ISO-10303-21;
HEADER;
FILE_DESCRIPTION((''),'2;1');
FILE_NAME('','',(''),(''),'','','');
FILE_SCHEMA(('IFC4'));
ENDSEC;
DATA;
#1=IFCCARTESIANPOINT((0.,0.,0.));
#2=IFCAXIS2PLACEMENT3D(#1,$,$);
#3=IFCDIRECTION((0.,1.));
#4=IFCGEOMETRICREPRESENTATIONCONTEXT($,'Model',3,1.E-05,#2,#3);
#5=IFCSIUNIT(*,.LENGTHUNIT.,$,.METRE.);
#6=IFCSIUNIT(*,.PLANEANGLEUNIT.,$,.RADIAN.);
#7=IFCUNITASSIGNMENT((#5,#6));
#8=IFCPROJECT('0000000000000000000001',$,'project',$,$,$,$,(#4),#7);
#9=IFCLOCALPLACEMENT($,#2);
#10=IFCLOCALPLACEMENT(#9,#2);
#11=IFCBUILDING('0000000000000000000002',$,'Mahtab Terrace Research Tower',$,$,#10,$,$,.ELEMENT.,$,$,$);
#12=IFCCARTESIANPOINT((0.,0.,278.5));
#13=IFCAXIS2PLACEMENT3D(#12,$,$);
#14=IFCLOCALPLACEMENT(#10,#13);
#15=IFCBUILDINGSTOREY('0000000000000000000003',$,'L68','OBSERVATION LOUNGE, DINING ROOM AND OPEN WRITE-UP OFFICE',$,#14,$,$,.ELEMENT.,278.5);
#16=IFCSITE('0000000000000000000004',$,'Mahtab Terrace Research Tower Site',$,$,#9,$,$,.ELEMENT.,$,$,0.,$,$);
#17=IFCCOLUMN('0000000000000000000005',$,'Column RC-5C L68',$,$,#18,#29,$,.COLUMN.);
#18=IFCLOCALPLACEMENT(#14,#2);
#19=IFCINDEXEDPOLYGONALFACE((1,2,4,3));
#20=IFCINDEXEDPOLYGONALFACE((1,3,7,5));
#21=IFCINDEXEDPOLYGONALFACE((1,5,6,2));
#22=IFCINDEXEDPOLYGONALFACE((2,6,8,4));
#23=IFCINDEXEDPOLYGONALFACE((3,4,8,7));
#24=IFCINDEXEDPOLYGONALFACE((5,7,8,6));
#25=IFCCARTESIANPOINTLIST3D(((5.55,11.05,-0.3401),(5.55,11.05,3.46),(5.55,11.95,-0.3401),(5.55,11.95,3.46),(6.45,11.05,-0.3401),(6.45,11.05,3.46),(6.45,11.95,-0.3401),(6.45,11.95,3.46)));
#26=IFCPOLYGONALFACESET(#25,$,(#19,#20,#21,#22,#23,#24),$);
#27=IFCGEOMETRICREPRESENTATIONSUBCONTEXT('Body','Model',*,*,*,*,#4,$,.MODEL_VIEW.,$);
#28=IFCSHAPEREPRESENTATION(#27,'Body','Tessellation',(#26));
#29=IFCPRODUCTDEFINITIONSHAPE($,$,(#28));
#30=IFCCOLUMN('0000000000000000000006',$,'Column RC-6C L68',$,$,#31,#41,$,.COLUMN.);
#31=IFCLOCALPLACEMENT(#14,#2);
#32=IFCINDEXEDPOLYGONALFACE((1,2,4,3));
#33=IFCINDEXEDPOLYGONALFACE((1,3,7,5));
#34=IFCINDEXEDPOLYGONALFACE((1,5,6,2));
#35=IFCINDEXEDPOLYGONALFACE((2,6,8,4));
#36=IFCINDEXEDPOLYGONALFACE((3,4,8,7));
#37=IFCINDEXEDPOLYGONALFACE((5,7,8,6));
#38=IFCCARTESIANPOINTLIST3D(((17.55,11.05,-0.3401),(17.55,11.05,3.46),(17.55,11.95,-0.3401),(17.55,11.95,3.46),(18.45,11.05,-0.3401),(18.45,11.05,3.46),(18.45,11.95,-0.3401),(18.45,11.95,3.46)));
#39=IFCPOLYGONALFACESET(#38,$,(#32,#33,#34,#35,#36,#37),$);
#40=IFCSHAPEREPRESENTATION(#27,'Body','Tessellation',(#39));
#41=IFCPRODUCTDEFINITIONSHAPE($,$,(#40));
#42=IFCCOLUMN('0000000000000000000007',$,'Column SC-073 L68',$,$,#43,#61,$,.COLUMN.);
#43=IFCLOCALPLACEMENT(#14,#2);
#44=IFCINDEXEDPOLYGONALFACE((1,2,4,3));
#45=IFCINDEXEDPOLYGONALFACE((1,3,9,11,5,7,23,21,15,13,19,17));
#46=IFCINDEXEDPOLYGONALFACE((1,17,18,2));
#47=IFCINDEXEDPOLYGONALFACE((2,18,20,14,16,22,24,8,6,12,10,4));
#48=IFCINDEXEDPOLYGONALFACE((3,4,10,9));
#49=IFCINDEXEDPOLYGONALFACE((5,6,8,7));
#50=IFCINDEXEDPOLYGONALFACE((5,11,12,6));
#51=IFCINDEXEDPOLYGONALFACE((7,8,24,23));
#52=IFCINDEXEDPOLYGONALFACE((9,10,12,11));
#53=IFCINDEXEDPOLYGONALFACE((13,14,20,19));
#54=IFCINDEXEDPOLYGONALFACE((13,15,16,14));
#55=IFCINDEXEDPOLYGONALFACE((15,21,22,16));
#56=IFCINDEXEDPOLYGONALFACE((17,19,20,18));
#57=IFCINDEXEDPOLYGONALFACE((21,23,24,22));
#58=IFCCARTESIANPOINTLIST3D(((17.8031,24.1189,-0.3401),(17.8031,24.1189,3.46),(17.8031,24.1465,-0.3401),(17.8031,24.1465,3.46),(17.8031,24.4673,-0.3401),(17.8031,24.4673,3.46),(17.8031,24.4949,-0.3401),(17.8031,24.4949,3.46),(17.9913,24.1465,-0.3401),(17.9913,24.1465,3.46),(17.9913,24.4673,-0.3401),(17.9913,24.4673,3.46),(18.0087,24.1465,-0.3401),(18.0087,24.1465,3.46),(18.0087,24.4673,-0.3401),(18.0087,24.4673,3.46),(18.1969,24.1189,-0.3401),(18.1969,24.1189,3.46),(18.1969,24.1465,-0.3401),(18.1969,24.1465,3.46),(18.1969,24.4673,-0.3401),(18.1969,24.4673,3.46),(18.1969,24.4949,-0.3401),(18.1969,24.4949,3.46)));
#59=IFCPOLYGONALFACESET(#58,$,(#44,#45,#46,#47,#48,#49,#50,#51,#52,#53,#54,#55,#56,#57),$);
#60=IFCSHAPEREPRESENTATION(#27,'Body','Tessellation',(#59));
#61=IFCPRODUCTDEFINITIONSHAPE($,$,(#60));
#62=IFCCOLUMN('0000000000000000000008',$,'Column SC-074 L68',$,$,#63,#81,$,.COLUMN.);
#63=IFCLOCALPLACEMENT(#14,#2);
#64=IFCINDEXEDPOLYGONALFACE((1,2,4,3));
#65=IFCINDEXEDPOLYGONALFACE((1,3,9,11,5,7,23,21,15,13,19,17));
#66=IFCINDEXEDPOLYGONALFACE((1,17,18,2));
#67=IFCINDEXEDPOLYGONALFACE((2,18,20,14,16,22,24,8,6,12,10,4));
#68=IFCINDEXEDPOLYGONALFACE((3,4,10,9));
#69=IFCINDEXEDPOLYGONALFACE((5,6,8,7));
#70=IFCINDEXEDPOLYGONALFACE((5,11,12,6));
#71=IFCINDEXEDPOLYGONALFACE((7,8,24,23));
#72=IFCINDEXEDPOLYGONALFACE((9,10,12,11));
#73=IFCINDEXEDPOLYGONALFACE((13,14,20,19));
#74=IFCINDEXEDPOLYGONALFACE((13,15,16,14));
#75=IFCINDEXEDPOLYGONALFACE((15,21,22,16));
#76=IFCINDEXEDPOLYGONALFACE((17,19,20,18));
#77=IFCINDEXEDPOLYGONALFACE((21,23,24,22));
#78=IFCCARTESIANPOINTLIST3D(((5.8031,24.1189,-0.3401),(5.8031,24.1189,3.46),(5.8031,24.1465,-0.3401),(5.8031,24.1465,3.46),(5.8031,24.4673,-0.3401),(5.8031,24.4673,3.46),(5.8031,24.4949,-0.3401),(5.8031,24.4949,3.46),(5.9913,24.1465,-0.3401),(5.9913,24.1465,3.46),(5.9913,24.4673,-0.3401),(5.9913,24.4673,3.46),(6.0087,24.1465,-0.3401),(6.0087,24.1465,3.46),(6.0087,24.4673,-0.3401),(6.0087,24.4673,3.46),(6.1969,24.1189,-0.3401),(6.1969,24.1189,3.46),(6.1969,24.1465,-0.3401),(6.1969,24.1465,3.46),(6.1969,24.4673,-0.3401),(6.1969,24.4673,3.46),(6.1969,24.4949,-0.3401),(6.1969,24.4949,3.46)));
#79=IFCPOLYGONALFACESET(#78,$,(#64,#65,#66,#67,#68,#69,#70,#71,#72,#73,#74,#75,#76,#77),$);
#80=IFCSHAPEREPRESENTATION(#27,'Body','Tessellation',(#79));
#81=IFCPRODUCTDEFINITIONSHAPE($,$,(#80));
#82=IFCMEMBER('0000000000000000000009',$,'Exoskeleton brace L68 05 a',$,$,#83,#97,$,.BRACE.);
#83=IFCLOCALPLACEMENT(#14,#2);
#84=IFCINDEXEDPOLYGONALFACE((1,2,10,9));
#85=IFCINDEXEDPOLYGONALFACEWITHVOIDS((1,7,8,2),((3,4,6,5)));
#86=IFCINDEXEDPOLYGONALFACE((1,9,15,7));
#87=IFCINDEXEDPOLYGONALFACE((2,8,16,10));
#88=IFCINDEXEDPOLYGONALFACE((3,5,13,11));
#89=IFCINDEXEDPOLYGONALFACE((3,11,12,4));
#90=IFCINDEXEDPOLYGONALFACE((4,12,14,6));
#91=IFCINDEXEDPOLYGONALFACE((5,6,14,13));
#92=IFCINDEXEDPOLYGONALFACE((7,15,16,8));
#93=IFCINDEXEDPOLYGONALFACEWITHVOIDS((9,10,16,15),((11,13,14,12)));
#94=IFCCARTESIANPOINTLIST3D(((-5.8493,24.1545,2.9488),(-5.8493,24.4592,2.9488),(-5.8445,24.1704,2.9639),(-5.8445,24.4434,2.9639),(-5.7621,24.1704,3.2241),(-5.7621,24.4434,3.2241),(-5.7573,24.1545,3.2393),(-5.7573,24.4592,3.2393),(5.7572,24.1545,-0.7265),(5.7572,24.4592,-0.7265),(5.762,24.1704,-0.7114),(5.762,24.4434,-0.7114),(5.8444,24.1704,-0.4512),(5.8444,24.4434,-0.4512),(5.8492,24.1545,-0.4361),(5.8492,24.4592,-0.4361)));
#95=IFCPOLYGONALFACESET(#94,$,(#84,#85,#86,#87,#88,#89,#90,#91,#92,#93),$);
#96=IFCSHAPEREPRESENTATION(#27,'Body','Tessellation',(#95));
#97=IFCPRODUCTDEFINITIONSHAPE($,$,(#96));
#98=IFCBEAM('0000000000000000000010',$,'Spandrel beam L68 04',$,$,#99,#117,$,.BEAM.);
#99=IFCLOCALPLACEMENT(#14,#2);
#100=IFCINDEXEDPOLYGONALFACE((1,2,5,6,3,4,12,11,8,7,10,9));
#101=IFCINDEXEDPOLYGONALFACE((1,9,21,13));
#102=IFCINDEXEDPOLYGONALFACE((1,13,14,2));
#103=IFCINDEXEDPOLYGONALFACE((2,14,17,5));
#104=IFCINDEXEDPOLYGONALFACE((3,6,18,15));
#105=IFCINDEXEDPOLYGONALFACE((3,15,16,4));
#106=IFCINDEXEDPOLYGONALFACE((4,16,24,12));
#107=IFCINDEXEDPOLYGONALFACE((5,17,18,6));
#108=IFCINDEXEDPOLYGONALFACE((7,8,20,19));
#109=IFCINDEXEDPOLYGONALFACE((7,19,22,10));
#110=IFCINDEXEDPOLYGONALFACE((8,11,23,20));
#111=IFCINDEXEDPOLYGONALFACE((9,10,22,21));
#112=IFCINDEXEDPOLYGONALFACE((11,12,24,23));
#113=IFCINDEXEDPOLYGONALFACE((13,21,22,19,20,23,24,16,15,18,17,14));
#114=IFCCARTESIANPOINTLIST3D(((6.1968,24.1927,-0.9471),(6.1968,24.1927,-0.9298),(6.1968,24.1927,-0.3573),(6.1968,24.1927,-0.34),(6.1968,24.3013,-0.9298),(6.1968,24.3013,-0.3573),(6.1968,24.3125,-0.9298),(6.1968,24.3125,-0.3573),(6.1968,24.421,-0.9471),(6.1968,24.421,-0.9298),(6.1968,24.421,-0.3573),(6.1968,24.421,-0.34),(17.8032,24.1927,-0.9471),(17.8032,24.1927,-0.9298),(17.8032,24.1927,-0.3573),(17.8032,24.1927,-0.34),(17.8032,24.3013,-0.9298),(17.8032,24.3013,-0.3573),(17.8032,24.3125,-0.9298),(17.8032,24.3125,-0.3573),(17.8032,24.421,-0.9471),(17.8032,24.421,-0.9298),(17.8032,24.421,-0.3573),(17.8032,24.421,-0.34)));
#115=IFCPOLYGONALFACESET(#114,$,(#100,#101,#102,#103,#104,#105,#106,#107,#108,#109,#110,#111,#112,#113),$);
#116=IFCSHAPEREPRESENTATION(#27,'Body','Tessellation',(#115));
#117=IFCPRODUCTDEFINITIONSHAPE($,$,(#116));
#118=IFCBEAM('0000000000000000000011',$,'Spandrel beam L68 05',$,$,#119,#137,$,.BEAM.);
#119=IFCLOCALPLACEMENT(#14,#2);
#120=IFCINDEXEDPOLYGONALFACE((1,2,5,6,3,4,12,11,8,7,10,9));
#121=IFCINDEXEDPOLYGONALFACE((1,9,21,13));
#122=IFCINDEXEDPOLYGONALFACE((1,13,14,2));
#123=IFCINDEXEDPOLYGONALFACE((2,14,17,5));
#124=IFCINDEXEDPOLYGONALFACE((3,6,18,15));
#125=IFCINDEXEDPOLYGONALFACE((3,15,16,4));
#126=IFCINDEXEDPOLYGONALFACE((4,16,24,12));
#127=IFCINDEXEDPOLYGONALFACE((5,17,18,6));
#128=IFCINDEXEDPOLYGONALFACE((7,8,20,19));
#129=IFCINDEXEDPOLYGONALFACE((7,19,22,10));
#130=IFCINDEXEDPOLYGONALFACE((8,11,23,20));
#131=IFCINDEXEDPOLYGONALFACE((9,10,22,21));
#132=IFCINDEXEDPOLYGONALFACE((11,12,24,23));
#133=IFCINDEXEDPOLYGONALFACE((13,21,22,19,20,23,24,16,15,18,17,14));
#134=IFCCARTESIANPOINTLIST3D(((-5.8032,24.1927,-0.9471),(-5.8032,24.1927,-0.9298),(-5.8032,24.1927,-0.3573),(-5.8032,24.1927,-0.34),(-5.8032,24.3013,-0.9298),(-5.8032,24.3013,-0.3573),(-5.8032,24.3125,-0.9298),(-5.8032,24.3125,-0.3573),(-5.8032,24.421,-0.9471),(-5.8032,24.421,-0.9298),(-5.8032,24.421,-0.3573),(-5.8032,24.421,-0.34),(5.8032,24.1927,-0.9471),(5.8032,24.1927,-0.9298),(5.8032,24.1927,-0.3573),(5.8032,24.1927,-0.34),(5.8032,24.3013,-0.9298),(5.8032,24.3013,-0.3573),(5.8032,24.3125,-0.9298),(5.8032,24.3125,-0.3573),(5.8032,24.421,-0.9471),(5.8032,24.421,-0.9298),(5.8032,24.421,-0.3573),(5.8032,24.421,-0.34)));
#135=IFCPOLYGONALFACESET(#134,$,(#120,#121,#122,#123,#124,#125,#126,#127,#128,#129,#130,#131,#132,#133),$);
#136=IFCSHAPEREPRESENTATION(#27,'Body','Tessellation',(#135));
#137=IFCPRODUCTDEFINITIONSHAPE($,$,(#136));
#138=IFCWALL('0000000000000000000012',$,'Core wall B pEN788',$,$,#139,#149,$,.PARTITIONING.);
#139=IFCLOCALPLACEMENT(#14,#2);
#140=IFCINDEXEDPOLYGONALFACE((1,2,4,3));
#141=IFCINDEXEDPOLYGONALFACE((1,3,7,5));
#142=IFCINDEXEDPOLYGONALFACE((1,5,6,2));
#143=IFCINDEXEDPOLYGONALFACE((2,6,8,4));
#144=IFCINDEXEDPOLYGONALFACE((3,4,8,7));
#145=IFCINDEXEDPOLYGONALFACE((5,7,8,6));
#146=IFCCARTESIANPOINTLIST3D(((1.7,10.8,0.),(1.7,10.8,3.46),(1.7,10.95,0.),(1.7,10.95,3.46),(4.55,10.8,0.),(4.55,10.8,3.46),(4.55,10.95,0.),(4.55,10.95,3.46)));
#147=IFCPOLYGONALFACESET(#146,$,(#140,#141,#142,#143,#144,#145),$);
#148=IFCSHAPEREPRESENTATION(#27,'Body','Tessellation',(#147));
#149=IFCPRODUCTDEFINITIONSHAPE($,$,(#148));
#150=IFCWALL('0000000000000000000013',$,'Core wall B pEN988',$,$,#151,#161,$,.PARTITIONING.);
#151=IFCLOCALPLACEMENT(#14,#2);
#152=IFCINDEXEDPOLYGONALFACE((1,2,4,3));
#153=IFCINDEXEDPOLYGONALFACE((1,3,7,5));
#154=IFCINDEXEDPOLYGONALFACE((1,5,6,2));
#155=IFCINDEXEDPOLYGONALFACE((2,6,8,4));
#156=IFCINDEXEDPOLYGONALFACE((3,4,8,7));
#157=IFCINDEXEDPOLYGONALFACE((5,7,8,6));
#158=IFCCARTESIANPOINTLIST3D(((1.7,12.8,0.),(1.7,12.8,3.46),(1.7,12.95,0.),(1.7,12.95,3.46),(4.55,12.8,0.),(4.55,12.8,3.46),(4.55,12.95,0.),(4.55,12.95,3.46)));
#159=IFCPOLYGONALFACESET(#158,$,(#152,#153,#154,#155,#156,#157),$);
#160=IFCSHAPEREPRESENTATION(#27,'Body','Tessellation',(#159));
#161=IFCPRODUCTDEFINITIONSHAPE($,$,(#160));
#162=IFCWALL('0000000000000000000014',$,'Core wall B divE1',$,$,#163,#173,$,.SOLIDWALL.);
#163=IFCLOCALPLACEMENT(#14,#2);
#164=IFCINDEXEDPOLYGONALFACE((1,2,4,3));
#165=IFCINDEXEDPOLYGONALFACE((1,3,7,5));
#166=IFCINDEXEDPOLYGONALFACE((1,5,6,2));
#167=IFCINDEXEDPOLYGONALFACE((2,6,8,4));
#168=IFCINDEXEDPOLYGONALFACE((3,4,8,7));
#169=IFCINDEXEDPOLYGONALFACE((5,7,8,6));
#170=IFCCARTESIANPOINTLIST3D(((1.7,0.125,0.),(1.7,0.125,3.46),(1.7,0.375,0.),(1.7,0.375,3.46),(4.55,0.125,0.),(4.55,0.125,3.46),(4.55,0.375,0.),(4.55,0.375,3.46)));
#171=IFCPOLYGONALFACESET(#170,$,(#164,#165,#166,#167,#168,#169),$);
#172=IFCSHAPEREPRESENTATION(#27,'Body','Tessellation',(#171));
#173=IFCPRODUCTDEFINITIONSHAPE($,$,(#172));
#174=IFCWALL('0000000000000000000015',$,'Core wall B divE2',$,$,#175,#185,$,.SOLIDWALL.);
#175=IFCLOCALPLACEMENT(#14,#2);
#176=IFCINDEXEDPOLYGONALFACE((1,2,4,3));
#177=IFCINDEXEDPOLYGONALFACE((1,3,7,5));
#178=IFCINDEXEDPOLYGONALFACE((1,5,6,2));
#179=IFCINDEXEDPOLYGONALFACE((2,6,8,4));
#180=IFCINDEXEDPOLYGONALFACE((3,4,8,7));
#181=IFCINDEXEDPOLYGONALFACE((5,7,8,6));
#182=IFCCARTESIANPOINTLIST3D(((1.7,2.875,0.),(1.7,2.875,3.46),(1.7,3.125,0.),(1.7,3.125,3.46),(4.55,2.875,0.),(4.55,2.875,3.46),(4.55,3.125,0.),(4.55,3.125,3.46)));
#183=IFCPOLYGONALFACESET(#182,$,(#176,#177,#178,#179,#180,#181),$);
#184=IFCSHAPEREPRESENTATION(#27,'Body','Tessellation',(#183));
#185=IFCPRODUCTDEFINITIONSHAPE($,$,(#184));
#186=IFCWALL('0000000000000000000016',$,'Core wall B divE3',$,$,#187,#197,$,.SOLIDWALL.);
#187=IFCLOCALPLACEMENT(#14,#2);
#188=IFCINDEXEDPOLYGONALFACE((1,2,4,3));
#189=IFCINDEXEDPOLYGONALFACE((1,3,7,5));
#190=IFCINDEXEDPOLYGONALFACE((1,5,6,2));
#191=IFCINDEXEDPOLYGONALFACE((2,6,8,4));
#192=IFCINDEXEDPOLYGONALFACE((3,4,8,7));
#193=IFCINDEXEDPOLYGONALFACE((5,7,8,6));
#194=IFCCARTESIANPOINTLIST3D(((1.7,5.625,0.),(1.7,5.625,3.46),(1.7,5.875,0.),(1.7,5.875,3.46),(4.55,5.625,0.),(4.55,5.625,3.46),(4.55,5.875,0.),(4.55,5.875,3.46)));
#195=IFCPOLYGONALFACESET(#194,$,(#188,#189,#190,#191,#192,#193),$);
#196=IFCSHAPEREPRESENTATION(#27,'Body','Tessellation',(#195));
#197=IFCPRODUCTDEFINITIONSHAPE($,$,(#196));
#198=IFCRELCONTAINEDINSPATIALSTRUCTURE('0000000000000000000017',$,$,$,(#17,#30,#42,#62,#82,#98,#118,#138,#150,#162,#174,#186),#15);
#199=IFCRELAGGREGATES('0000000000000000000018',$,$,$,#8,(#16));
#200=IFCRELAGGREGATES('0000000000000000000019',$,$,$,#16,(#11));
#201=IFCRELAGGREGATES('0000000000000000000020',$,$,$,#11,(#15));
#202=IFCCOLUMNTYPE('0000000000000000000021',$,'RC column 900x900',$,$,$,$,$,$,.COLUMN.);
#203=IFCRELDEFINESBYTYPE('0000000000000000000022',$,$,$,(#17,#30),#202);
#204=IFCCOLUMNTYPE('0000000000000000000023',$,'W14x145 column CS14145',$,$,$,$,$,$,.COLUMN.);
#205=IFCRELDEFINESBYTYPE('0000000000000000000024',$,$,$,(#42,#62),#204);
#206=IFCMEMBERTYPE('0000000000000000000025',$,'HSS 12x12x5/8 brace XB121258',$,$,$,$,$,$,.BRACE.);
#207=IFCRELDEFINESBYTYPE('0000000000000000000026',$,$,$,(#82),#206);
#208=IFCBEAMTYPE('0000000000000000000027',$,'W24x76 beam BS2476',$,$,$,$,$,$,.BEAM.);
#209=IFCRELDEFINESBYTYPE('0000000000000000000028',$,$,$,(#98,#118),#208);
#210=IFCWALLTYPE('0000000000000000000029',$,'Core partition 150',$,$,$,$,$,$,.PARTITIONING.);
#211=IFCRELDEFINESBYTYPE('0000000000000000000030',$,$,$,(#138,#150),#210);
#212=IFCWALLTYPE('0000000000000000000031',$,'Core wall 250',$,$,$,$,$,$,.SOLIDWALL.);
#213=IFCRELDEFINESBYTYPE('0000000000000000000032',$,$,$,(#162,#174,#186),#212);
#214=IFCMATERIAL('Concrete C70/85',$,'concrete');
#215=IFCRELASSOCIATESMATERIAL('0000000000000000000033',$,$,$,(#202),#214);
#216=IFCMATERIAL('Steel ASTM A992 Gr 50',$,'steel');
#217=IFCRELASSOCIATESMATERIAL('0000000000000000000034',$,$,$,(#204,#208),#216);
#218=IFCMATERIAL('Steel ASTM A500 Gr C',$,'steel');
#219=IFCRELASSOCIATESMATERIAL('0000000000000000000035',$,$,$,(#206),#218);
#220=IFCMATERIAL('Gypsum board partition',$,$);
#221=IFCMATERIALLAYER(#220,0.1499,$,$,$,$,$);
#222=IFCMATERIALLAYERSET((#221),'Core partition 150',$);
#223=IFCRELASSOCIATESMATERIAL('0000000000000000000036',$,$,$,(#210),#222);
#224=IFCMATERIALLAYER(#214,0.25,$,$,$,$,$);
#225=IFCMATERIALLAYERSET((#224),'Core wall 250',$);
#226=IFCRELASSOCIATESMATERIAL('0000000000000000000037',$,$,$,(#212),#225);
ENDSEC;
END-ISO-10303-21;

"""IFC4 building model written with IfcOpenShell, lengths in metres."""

from ifc_helpers import new_model, si_unit, direction, frame, frame_2d, origin, origin_2d, place, context, subcontext, project, spatial, rectangle, hollow_rectangle, i_section, extrude, material, layer, layer_set, material_profile, profile_set, type_object, element, save


model = new_model("IFC4")

# Units and contexts
model_context = context("Model", 3, precision=1e-05, world=origin(), true_north=direction((0.0, 1.0)))
body_context = subcontext(model_context, "Body", "Model", "MODEL_VIEW")
ifc_project = project(units=[si_unit("LENGTHUNIT", "METRE"), si_unit("PLANEANGLEUNIT", "RADIAN")], contexts=[model_context])

# Site, building, storey
site_placement = place(None, origin())
site = spatial("IfcSite", under=ifc_project, at=site_placement, Name="Mahtab Terrace Research Tower Site", CompositionType="ELEMENT", RefElevation=0.0)
building_placement = place(site_placement, origin())
building = spatial("IfcBuilding", under=site, at=building_placement, Name="Mahtab Terrace Research Tower", CompositionType="ELEMENT")
storey_placement = place(building_placement, frame((0.0, 0.0, 278.5)))
storey = spatial("IfcBuildingStorey", under=building, at=storey_placement, Name="L68", Description="OBSERVATION LOUNGE, DINING ROOM AND OPEN WRITE-UP OFFICE", CompositionType="ELEMENT", Elevation=278.5)

# Columns
ifc_material_1 = material(Name="Concrete C70/85", Category="concrete")
ifc_material_profile_1 = material_profile(ifc_material_1, rectangle(XDim=0.8999, YDim=0.8999, at=origin_2d()), Name="RC column 900x900")
ifc_profile_set_1 = profile_set([ifc_material_profile_1], Name="Concrete C70/85")
column_type_1 = type_object("IfcColumnType", Name="RC column 900x900", PredefinedType="COLUMN", material=ifc_profile_set_1)
for number, where, z_axis, x_axis, name in (
    (1, (6.0, 11.5, -0.3401), (0.0, 0.0, 1.0), (1.0, 0.0, 0.0), "Column RC-5C L68"),
    (2, (18.0, 11.5, -0.3401), (0.0, 0.0, 1.0), (1.0, 0.0, 0.0), "Column RC-6C L68"),
):
    element("IfcColumn", number, at=place(storey_placement, frame(where, z_axis=z_axis, x_axis=x_axis)), inside=storey, type_object=column_type_1, Name=name, PredefinedType="COLUMN", context=body_context, shape_type="SweptSolid", body=[
        extrude(rectangle(XDim=0.8999, YDim=0.8999, at=origin_2d()), origin(), (0.0, 0.0, 1.0), 3.8),
    ])
ifc_material_2 = material(Name="Steel ASTM A992 Gr 50", Category="steel")
ifc_material_profile_2 = material_profile(ifc_material_2, i_section(OverallWidth=0.3938, OverallDepth=0.376, WebThickness=0.0173, FlangeThickness=0.0276, at=origin_2d()), Name="W14X145")
ifc_profile_set_2 = profile_set([ifc_material_profile_2], Name="Steel ASTM A992 Gr 50")
column_type_2 = type_object("IfcColumnType", Name="W14x145 column CS14145", PredefinedType="COLUMN", material=ifc_profile_set_2)
for number, where, z_axis, x_axis, name in (
    (3, (18.0, 24.3069, -0.3401), (0.0, 0.0, 1.0), (1.0, 0.0, 0.0), "Column SC-073 L68"),
    (4, (6.0, 24.3069, -0.3401), (0.0, 0.0, 1.0), (1.0, 0.0, 0.0), "Column SC-074 L68"),
):
    element("IfcColumn", number, at=place(storey_placement, frame(where, z_axis=z_axis, x_axis=x_axis)), inside=storey, type_object=column_type_2, Name=name, PredefinedType="COLUMN", context=body_context, shape_type="SweptSolid", body=[
        extrude(i_section(OverallWidth=0.3938, OverallDepth=0.376, WebThickness=0.0173, FlangeThickness=0.0276, at=origin_2d()), origin(), (0.0, 0.0, 1.0), 3.8),
    ])

# Member
ifc_material_3 = material(Name="Steel ASTM A500 Gr C", Category="steel")
ifc_material_profile_3 = material_profile(ifc_material_3, hollow_rectangle(XDim=0.3047, YDim=0.3047, WallThickness=0.0159, at=origin_2d()), Name="HSS12X12X5/8")
ifc_profile_set_3 = profile_set([ifc_material_profile_3], Name="Steel ASTM A500 Gr C")
member_type = type_object("IfcMemberType", Name="HSS 12x12x5/8 brace XB121258", PredefinedType="BRACE", material=ifc_profile_set_3)
member_placement = place(storey_placement, frame((5.8032, 24.3069, -0.5813), z_axis=(-0.953344, 0.0, 0.301886), x_axis=(0.0, -1.0, 0.0)))
element("IfcMember", 5, at=member_placement, inside=storey, type_object=member_type, Name="Exoskeleton brace L68 05 a", PredefinedType="BRACE", context=body_context, shape_type="SweptSolid", body=[
    extrude(hollow_rectangle(XDim=0.3047, YDim=0.3047, WallThickness=0.0159, at=origin_2d()), origin(), (0.0, 0.0, 1.0), 12.1746),
])

# Beams
ifc_material_profile_4 = material_profile(ifc_material_2, i_section(OverallWidth=0.2283, OverallDepth=0.6072, WebThickness=0.0112, FlangeThickness=0.0173, at=origin_2d()), Name="W24X76")
ifc_profile_set_4 = profile_set([ifc_material_profile_4], Name="Steel ASTM A992 Gr 50")
beam_type = type_object("IfcBeamType", Name="W24x76 beam BS2476", PredefinedType="BEAM", material=ifc_profile_set_4)
for number, where, z_axis, x_axis, name in (
    (6, (17.8032, 24.3069, -0.6436), (-1.0, 0.0, 0.0), (0.0, -1.0, 0.0), "Spandrel beam L68 04"),
    (7, (5.8032, 24.3069, -0.6436), (-1.0, 0.0, 0.0), (0.0, -1.0, 0.0), "Spandrel beam L68 05"),
):
    element("IfcBeam", number, at=place(storey_placement, frame(where, z_axis=z_axis, x_axis=x_axis)), inside=storey, type_object=beam_type, Name=name, PredefinedType="BEAM", context=body_context, shape_type="SweptSolid", body=[
        extrude(i_section(OverallWidth=0.2283, OverallDepth=0.6072, WebThickness=0.0112, FlangeThickness=0.0173, at=origin_2d()), origin(), (0.0, 0.0, 1.0), 11.6064),
    ])

# Walls
ifc_material_4 = material(Name="Gypsum board partition")
ifc_layer_1 = layer(ifc_material_4, 0.1499)
ifc_layer_set_1 = layer_set([ifc_layer_1], Name="Core partition 150")
wall_type_1 = type_object("IfcWallType", Name="Core partition 150", PredefinedType="PARTITIONING", material=ifc_layer_set_1)
for number, where, z_axis, x_axis, name in (
    (8, (1.7, 10.875, 0.0), (0.0, 0.0, 1.0), (1.0, 0.0, 0.0), "Core wall B pEN788"),
    (9, (1.7, 12.875, 0.0), (0.0, 0.0, 1.0), (1.0, 0.0, 0.0), "Core wall B pEN988"),
):
    element("IfcWall", number, at=place(storey_placement, frame(where, z_axis=z_axis, x_axis=x_axis)), inside=storey, type_object=wall_type_1, Name=name, PredefinedType="PARTITIONING", context=body_context, shape_type="SweptSolid", body=[
        extrude(rectangle(XDim=2.8501, YDim=0.1499, at=frame_2d((1.425, 0.0))), origin(), (0.0, 0.0, 1.0), 3.46),
    ])
ifc_layer_2 = layer(ifc_material_1, 0.25)
ifc_layer_set_2 = layer_set([ifc_layer_2], Name="Core wall 250")
wall_type_2 = type_object("IfcWallType", Name="Core wall 250", PredefinedType="SOLIDWALL", material=ifc_layer_set_2)
for number, where, z_axis, x_axis, name in (
    (10, (1.7, 0.25, 0.0), (0.0, 0.0, 1.0), (1.0, 0.0, 0.0), "Core wall B divE1"),
    (11, (1.7, 3.0, 0.0), (0.0, 0.0, 1.0), (1.0, 0.0, 0.0), "Core wall B divE2"),
    (12, (1.7, 5.75, 0.0), (0.0, 0.0, 1.0), (1.0, 0.0, 0.0), "Core wall B divE3"),
):
    element("IfcWall", number, at=place(storey_placement, frame(where, z_axis=z_axis, x_axis=x_axis)), inside=storey, type_object=wall_type_2, Name=name, PredefinedType="SOLIDWALL", context=body_context, shape_type="SweptSolid", body=[
        extrude(rectangle(XDim=2.8501, YDim=0.25, at=frame_2d((1.425, 0.0))), origin(), (0.0, 0.0, 1.0), 3.46),
    ])

save(model, "model.ifc")
